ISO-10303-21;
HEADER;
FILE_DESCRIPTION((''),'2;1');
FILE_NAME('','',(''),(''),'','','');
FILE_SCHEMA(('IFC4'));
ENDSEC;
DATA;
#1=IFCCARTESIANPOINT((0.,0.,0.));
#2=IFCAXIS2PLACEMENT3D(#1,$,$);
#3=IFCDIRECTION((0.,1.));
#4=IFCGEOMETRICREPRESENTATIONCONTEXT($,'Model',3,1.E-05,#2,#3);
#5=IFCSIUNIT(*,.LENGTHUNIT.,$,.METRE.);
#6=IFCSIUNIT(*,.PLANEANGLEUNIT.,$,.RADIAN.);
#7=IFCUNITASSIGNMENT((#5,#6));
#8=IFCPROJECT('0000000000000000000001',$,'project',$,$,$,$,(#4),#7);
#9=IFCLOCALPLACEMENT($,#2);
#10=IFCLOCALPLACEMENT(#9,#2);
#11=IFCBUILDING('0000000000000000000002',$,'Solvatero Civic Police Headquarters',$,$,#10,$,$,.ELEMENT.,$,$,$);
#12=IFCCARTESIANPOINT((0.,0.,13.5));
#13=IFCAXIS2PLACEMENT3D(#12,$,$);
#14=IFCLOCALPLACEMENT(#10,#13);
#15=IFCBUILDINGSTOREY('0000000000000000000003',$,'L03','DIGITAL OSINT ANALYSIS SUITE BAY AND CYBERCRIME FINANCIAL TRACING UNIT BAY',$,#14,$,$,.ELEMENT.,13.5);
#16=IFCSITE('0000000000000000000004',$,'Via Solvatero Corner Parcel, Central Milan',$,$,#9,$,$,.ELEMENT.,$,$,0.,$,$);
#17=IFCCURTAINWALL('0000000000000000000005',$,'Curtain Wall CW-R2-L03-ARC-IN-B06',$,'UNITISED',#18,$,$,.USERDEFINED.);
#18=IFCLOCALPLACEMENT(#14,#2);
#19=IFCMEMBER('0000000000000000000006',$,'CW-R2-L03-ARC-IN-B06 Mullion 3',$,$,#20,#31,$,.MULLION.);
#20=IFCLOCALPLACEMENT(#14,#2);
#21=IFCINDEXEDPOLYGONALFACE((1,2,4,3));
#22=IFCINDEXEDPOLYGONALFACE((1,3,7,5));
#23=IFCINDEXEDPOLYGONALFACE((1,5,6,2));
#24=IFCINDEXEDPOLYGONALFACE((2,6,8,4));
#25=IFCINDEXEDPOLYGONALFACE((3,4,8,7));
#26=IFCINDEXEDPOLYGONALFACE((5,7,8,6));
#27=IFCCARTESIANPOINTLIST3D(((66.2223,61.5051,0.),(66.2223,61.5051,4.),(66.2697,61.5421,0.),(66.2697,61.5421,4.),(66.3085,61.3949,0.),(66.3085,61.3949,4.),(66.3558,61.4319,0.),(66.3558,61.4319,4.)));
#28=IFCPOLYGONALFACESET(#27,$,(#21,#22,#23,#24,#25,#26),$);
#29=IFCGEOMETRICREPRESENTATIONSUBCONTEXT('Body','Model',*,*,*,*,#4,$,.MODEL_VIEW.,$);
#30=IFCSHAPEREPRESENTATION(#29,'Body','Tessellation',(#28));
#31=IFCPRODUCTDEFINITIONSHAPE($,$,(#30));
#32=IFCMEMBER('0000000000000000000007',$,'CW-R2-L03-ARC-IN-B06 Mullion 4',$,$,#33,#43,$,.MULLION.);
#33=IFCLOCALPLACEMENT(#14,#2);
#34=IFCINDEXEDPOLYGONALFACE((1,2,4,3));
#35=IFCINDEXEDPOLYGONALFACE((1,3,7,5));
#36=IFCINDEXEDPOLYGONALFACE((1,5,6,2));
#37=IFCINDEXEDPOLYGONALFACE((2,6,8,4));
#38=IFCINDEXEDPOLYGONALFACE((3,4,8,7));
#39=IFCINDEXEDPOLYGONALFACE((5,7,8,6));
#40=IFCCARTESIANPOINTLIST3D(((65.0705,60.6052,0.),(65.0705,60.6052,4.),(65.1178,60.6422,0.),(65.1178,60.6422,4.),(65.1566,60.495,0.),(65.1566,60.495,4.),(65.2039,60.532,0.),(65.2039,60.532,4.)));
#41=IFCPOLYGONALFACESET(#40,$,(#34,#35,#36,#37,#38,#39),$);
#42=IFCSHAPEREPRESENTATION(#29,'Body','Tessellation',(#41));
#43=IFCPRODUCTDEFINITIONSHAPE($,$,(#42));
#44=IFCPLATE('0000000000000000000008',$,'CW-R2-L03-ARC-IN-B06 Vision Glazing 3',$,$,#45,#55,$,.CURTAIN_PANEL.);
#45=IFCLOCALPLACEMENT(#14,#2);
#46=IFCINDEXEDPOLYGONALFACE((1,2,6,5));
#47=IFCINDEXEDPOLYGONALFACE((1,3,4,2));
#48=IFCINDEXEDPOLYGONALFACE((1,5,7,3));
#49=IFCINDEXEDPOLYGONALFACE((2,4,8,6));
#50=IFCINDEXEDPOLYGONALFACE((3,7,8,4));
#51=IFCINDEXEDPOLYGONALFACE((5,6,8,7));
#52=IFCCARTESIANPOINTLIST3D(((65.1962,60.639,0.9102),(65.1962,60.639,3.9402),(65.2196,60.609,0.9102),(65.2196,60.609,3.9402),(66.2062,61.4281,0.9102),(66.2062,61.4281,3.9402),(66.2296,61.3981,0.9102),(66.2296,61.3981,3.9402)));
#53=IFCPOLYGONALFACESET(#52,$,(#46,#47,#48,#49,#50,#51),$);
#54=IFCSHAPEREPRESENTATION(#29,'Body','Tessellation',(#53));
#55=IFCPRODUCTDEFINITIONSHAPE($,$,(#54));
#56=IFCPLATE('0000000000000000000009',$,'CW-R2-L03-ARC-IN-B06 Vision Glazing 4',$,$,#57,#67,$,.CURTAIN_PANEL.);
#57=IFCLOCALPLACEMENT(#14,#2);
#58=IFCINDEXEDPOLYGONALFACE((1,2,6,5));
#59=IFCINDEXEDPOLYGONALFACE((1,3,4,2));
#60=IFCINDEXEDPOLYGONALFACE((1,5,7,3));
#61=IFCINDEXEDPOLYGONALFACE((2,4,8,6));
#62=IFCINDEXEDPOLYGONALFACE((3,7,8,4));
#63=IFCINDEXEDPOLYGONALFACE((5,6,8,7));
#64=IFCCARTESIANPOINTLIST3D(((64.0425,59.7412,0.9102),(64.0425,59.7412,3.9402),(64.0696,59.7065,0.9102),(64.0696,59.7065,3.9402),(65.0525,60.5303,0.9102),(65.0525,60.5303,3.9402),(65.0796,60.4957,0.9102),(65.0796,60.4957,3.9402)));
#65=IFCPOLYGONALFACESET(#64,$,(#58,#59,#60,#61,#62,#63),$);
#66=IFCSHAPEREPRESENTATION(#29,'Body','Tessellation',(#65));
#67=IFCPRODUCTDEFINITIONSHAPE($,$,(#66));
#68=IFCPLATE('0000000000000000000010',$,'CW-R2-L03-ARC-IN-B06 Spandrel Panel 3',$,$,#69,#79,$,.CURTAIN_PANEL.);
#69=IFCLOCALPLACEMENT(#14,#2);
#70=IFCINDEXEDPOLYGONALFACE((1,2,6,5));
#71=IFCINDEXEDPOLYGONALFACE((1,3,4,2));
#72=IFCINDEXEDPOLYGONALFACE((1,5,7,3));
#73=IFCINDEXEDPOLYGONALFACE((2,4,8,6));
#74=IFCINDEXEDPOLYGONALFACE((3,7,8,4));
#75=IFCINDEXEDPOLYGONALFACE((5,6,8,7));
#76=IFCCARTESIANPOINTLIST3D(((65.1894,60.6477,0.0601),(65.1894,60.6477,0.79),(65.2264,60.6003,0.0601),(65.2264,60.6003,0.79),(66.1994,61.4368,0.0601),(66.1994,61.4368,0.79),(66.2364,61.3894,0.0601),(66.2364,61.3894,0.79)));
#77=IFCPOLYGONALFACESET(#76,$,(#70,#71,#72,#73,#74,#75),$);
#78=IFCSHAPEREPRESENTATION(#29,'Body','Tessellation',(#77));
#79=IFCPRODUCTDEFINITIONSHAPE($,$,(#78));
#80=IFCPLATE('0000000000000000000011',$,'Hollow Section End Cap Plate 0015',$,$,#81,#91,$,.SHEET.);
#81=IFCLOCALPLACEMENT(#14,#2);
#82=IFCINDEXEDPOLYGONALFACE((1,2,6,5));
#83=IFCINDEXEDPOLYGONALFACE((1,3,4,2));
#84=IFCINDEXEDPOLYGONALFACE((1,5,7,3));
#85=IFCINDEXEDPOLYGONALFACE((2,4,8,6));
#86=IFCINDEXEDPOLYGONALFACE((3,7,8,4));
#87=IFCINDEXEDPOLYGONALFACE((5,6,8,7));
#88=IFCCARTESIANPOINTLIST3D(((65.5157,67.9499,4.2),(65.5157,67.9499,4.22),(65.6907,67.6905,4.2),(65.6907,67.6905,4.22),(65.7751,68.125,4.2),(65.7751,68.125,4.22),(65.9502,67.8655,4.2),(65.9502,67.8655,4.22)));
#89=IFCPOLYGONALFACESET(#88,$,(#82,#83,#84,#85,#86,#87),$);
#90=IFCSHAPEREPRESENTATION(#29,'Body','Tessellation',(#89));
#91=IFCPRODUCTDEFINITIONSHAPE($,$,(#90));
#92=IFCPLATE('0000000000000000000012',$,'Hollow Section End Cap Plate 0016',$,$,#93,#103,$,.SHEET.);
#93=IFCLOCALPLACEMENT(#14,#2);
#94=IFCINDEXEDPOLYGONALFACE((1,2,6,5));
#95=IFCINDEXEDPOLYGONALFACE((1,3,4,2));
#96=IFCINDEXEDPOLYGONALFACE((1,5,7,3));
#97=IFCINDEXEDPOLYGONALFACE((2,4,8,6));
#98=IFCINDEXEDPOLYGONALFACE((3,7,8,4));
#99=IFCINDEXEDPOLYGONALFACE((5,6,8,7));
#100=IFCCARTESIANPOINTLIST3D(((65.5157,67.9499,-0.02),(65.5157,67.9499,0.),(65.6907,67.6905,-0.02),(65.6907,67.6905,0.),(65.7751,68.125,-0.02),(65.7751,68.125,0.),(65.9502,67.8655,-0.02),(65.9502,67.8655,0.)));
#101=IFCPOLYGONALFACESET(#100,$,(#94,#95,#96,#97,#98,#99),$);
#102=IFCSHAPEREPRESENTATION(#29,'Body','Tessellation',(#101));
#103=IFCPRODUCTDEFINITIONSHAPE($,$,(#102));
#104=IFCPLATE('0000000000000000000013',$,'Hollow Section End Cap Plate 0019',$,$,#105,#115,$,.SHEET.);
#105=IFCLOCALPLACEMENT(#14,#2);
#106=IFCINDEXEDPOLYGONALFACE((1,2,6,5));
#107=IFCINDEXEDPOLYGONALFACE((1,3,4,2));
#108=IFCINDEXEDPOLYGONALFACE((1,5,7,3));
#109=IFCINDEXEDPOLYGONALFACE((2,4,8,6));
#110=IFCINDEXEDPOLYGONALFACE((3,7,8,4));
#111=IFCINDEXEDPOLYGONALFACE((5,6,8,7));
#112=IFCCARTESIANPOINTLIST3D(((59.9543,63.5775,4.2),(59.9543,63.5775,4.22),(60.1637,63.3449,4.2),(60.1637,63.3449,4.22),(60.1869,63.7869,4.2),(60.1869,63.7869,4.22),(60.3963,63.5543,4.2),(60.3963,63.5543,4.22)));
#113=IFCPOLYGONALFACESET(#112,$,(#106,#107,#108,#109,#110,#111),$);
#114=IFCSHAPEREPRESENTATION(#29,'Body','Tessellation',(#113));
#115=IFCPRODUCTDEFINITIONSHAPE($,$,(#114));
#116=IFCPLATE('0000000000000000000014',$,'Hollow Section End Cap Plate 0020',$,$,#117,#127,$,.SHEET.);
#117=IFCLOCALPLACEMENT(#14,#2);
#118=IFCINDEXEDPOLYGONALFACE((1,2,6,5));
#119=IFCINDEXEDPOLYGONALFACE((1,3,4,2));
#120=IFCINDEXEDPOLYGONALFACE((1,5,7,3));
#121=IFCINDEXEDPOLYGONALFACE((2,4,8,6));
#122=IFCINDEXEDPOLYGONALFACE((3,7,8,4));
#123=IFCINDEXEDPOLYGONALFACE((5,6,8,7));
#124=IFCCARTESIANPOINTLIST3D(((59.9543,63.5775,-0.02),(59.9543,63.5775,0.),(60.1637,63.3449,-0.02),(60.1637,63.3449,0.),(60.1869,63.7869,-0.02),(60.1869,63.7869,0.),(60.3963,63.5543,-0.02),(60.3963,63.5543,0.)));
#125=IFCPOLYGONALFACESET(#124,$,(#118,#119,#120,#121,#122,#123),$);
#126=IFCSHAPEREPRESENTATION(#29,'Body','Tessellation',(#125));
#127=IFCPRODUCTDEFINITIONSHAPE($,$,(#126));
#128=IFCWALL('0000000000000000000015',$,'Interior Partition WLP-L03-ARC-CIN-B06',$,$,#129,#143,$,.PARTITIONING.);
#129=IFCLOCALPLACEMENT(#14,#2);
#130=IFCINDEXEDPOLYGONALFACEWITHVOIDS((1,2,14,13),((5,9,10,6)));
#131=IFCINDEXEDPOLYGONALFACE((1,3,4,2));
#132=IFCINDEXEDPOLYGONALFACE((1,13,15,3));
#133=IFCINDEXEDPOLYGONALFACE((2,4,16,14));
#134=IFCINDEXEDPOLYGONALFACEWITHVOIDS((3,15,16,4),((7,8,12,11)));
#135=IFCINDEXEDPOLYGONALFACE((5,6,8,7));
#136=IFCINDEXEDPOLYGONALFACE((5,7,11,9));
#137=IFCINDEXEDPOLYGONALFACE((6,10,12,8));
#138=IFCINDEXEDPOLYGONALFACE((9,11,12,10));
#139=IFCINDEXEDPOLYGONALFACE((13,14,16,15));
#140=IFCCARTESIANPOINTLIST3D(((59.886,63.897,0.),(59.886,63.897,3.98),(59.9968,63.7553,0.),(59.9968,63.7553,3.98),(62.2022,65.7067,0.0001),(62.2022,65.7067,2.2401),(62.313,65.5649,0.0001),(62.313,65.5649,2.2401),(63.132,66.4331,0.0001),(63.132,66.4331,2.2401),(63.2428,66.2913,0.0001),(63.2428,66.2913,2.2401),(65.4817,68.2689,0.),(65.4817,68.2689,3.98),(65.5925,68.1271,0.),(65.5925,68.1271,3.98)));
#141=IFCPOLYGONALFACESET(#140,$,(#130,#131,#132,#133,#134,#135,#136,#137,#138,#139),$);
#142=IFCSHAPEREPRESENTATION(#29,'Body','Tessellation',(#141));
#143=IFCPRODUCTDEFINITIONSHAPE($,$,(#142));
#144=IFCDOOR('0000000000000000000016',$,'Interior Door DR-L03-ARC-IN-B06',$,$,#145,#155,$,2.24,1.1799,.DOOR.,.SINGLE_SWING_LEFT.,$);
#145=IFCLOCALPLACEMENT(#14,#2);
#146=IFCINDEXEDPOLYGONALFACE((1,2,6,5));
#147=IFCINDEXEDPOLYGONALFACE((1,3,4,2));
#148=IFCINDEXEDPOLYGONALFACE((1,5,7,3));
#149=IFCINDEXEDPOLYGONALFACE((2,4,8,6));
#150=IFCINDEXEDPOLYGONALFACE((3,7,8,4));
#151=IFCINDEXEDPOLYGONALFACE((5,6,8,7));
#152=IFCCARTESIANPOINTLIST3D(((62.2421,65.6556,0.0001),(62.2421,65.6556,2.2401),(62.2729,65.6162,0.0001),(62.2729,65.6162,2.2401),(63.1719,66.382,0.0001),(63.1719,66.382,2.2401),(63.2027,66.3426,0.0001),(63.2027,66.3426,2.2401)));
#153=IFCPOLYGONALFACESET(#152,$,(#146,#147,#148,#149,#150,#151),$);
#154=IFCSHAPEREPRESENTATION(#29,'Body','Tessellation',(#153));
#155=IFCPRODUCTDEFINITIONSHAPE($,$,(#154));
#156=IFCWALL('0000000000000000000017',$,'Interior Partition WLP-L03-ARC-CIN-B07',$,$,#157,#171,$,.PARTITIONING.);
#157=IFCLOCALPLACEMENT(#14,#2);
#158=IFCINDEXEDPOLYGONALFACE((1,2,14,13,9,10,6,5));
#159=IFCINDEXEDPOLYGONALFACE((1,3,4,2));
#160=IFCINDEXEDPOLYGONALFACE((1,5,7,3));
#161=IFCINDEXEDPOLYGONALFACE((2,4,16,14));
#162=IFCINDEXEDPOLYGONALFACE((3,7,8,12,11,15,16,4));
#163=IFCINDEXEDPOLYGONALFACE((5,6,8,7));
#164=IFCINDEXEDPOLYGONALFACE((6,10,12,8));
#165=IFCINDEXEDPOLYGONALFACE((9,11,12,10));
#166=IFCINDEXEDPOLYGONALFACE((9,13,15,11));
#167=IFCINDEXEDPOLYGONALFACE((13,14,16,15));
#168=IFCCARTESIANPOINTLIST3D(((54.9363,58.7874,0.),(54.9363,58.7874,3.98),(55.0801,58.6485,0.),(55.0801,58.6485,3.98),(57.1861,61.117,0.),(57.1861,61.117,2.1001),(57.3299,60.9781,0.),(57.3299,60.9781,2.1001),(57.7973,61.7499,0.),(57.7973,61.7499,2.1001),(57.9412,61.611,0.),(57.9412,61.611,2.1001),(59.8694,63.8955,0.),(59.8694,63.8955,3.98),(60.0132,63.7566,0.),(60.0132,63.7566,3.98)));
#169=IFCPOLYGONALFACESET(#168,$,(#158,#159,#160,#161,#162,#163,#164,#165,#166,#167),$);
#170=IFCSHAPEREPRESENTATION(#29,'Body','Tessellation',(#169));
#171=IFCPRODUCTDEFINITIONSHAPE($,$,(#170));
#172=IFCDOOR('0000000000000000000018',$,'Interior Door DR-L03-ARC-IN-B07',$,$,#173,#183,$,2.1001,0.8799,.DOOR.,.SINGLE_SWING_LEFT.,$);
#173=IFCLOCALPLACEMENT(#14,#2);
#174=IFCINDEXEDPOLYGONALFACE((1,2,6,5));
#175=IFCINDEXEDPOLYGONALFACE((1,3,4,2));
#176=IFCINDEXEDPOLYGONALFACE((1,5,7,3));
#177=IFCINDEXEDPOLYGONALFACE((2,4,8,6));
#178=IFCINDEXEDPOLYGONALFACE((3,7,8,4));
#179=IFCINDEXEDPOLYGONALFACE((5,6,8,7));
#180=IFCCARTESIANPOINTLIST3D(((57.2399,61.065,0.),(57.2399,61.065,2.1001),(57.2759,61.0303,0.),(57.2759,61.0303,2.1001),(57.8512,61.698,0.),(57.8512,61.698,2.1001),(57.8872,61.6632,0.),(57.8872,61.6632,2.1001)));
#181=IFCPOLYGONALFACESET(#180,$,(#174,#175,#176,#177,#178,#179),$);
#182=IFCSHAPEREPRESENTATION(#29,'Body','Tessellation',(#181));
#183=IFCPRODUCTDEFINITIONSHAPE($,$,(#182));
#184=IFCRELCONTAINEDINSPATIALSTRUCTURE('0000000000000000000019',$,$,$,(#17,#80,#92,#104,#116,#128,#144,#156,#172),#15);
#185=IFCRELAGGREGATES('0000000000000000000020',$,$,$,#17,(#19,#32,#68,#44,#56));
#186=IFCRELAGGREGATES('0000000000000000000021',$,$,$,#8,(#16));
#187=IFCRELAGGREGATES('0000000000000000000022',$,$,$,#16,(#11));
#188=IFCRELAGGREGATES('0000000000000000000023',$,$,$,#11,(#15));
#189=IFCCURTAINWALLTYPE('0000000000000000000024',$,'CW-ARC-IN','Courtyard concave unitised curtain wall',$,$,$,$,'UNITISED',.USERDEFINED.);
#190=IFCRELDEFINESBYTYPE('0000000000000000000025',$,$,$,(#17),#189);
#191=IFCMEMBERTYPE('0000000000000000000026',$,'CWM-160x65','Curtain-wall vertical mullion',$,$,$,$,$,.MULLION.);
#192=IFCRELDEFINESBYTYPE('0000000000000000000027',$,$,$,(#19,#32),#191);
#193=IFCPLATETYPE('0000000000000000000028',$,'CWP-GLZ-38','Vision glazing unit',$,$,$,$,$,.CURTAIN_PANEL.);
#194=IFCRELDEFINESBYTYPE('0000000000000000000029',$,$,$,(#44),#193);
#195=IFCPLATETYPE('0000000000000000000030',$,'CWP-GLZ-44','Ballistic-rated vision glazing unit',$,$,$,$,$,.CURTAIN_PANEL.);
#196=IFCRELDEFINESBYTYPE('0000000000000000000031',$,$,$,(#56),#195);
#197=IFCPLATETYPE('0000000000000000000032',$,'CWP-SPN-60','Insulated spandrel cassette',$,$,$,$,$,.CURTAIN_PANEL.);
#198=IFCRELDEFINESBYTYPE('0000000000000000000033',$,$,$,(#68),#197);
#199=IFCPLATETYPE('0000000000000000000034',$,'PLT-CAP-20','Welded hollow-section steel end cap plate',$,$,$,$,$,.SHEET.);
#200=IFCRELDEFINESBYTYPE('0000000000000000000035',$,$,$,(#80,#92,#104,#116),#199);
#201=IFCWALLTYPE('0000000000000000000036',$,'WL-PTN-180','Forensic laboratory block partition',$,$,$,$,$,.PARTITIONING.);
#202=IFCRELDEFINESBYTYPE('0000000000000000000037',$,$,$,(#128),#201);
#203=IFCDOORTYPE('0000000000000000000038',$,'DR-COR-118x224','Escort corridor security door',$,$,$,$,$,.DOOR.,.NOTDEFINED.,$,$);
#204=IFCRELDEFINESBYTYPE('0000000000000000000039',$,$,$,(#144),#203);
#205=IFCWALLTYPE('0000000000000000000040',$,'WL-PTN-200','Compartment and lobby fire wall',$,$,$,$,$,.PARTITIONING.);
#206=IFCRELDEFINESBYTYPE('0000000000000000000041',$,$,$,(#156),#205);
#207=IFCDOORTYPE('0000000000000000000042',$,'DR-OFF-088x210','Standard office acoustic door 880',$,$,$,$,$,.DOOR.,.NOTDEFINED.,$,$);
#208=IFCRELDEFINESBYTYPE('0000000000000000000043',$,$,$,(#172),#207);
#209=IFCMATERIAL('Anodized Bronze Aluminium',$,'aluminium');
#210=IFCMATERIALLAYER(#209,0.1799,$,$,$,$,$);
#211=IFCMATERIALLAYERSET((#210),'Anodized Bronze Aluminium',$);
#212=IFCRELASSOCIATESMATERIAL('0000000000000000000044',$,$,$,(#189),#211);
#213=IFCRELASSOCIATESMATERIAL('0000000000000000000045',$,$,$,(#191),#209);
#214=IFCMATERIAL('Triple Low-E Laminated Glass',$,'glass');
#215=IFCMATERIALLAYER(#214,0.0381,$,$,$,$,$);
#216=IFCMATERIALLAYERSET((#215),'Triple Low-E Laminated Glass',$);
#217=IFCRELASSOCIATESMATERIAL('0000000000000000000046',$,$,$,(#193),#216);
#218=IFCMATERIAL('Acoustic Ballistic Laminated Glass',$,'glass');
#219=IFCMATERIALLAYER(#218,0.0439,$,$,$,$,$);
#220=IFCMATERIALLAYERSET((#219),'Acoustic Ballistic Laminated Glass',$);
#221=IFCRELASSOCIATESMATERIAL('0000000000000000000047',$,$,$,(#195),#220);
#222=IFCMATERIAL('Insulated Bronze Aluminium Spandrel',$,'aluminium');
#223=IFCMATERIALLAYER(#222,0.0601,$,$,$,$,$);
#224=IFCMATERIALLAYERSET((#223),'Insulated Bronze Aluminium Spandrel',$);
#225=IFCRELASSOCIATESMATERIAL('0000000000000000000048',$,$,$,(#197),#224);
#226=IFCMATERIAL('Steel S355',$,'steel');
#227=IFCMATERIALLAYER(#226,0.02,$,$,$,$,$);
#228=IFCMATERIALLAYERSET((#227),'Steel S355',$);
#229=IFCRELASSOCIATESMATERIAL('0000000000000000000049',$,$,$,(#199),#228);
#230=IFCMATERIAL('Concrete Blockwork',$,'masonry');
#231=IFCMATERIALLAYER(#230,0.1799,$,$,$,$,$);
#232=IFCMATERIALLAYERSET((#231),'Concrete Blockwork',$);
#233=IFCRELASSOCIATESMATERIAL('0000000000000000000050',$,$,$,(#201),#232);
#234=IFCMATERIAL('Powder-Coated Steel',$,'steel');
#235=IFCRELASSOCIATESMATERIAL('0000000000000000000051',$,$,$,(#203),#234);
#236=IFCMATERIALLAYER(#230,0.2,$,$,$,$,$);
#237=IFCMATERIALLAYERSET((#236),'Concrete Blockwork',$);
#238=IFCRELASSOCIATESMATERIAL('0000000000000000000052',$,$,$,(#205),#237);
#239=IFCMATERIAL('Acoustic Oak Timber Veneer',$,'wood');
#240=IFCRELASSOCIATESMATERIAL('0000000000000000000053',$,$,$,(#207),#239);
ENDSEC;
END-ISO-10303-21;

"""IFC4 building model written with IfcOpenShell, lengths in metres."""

from ifc_helpers import new_model, si_unit, direction, frame, frame_2d, origin, origin_2d, place, context, subcontext, project, spatial, rectangle, extrude, material, layer, layer_set, material_profile, profile_set, type_object, element, fill, aggregate, save


model = new_model("IFC4")

# Units and contexts
model_context = context("Model", 3, precision=1e-05, world=origin(), true_north=direction((0.0, 1.0)))
body_context = subcontext(model_context, "Body", "Model", "MODEL_VIEW")
ifc_project = project(units=[si_unit("LENGTHUNIT", "METRE"), si_unit("PLANEANGLEUNIT", "RADIAN")], contexts=[model_context])

# Site, building, storey
site_placement = place(None, origin())
site = spatial("IfcSite", under=ifc_project, at=site_placement, Name="Via Solvatero Corner Parcel, Central Milan", CompositionType="ELEMENT", RefElevation=0.0)
building_placement = place(site_placement, origin())
building = spatial("IfcBuilding", under=site, at=building_placement, Name="Solvatero Civic Police Headquarters", CompositionType="ELEMENT")
storey_placement = place(building_placement, frame((0.0, 0.0, 13.5)))
storey = spatial("IfcBuildingStorey", under=building, at=storey_placement, Name="L03", Description="DIGITAL OSINT ANALYSIS SUITE BAY AND CYBERCRIME FINANCIAL TRACING UNIT BAY", CompositionType="ELEMENT", Elevation=13.5)

# Shared definitions
ifc_material_1 = material(Name="Steel S355", Category="steel")

# Curtain wall, members, plates
ifc_material_2 = material(Name="Anodized Bronze Aluminium", Category="aluminium")
ifc_layer_1 = layer(ifc_material_2, 0.1799)
ifc_layer_set_1 = layer_set([ifc_layer_1], Name="Anodized Bronze Aluminium")
curtain_wall_type = type_object("IfcCurtainWallType", Name="CW-ARC-IN", Description="Courtyard concave unitised curtain wall", ElementType="UNITISED", PredefinedType="USERDEFINED", material=ifc_layer_set_1)
curtain_wall_placement = place(storey_placement, origin())
curtain_wall = element("IfcCurtainWall", 1, at=curtain_wall_placement, inside=storey, type_object=curtain_wall_type, Name="Curtain Wall CW-R2-L03-ARC-IN-B06", ObjectType="UNITISED", PredefinedType="USERDEFINED")
ifc_material_profile_1 = material_profile(ifc_material_2, rectangle(XDim=0.0601, YDim=0.1399, at=origin_2d()), Name="ALU MULLION 60x140")
ifc_profile_set_1 = profile_set([ifc_material_profile_1], Name="Anodized Bronze Aluminium")
member_type = type_object("IfcMemberType", Name="CWM-160x65", Description="Curtain-wall vertical mullion", PredefinedType="MULLION", material=ifc_profile_set_1)
member_1_placement = place(storey_placement, frame((66.2891, 61.4685, 0.0), z_axis=(0.0, 0.0, 1.0), x_axis=(-0.788011, -0.615661, 0.0)))
member_1 = element("IfcMember", 2, at=member_1_placement, type_object=member_type, Name="CW-R2-L03-ARC-IN-B06 Mullion 3", PredefinedType="MULLION", context=body_context, shape_type="SweptSolid", body=[
    extrude(rectangle(XDim=0.0601, YDim=0.1399, at=origin_2d()), origin(), (0.0, 0.0, 1.0), 4.0),
])
member_2_placement = place(storey_placement, frame((65.1372, 60.5686, 0.0), z_axis=(0.0, 0.0, 1.0), x_axis=(-0.788011, -0.615661, 0.0)))
member_2 = element("IfcMember", 3, at=member_2_placement, type_object=member_type, Name="CW-R2-L03-ARC-IN-B06 Mullion 4", PredefinedType="MULLION", context=body_context, shape_type="SweptSolid", body=[
    extrude(rectangle(XDim=0.0601, YDim=0.1399, at=origin_2d()), origin(), (0.0, 0.0, 1.0), 4.0),
])
ifc_material_3 = material(Name="Triple Low-E Laminated Glass", Category="glass")
ifc_layer_2 = layer(ifc_material_3, 0.0381)
ifc_layer_set_2 = layer_set([ifc_layer_2], Name="Triple Low-E Laminated Glass")
plate_type_1 = type_object("IfcPlateType", Name="CWP-GLZ-38", Description="Vision glazing unit", PredefinedType="CURTAIN_PANEL", material=ifc_layer_set_2)
plate_1_placement = place(storey_placement, frame((65.7129, 61.0186, 0.9102), z_axis=(0.0, 0.0, 1.0), x_axis=(-0.788011, -0.615661, 0.0)))
plate_1 = element("IfcPlate", 4, at=plate_1_placement, type_object=plate_type_1, Name="CW-R2-L03-ARC-IN-B06 Vision Glazing 3", PredefinedType="CURTAIN_PANEL", context=body_context, shape_type="SweptSolid", body=[
    extrude(rectangle(XDim=1.2817, YDim=0.0381, at=origin_2d()), origin(), (0.0, 0.0, 1.0), 3.03),
])
ifc_material_4 = material(Name="Acoustic Ballistic Laminated Glass", Category="glass")
ifc_layer_3 = layer(ifc_material_4, 0.0439)
ifc_layer_set_3 = layer_set([ifc_layer_3], Name="Acoustic Ballistic Laminated Glass")
plate_type_2 = type_object("IfcPlateType", Name="CWP-GLZ-44", Description="Ballistic-rated vision glazing unit", PredefinedType="CURTAIN_PANEL", material=ifc_layer_set_3)
plate_2_placement = place(storey_placement, frame((64.561, 60.1184, 0.9102), z_axis=(0.0, 0.0, 1.0), x_axis=(-0.788011, -0.615661, 0.0)))
plate_2 = element("IfcPlate", 5, at=plate_2_placement, type_object=plate_type_2, Name="CW-R2-L03-ARC-IN-B06 Vision Glazing 4", PredefinedType="CURTAIN_PANEL", context=body_context, shape_type="SweptSolid", body=[
    extrude(rectangle(XDim=1.2817, YDim=0.0439, at=origin_2d()), origin(), (0.0, 0.0, 1.0), 3.03),
])
ifc_material_5 = material(Name="Insulated Bronze Aluminium Spandrel", Category="aluminium")
ifc_layer_4 = layer(ifc_material_5, 0.0601)
ifc_layer_set_4 = layer_set([ifc_layer_4], Name="Insulated Bronze Aluminium Spandrel")
plate_type_3 = type_object("IfcPlateType", Name="CWP-SPN-60", Description="Insulated spandrel cassette", PredefinedType="CURTAIN_PANEL", material=ifc_layer_set_4)
plate_3_placement = place(storey_placement, frame((65.7129, 61.0186, 0.0601), z_axis=(0.0, 0.0, 1.0), x_axis=(-0.788011, -0.615661, 0.0)))
plate_3 = element("IfcPlate", 6, at=plate_3_placement, type_object=plate_type_3, Name="CW-R2-L03-ARC-IN-B06 Spandrel Panel 3", PredefinedType="CURTAIN_PANEL", context=body_context, shape_type="SweptSolid", body=[
    extrude(rectangle(XDim=1.2817, YDim=0.0601, at=origin_2d()), origin(), (0.0, 0.0, 1.0), 0.73),
])
aggregate(curtain_wall, [member_1, member_2, plate_3, plate_1, plate_2])

# Plates
ifc_layer_5 = layer(ifc_material_1, 0.02)
ifc_layer_set_5 = layer_set([ifc_layer_5], Name="Steel S355")
plate_type_4 = type_object("IfcPlateType", Name="PLT-CAP-20", Description="Welded hollow-section steel end cap plate", PredefinedType="SHEET", material=ifc_layer_set_5)
for number, where, z_axis, x_axis, name in (
    (7, (65.7329, 67.9077, 4.2), (0.0, 0.0, 1.0), (0.829038, 0.559193, 0.0), "Hollow Section End Cap Plate 0015"),
    (8, (65.7329, 67.9077, -0.02), (0.0, 0.0, 1.0), (0.829038, 0.559193, 0.0), "Hollow Section End Cap Plate 0016"),
    (9, (60.1753, 63.5659, 4.2), (0.0, 0.0, 1.0), (0.743145, 0.669131, 0.0), "Hollow Section End Cap Plate 0019"),
    (10, (60.1753, 63.5659, -0.02), (0.0, 0.0, 1.0), (0.743145, 0.669131, 0.0), "Hollow Section End Cap Plate 0020"),
):
    element("IfcPlate", number, at=place(storey_placement, frame(where, z_axis=z_axis, x_axis=x_axis)), inside=storey, type_object=plate_type_4, Name=name, PredefinedType="SHEET", context=body_context, shape_type="SweptSolid", body=[
        extrude(rectangle(XDim=0.313, YDim=0.313, at=origin_2d()), origin(), (0.0, 0.0, 1.0), 0.02),
    ])

# Walls, openings, doors
ifc_material_6 = material(Name="Concrete Blockwork", Category="masonry")
ifc_layer_6 = layer(ifc_material_6, 0.1799)
ifc_layer_set_6 = layer_set([ifc_layer_6], Name="Concrete Blockwork")
wall_type_1 = type_object("IfcWallType", Name="WL-PTN-180", Description="Forensic laboratory block partition", PredefinedType="PARTITIONING", material=ifc_layer_set_6)
wall_1_placement = place(storey_placement, frame((65.5371, 68.198, 0.0), z_axis=(0.0, 0.0, 1.0), x_axis=(-0.788012, -0.61566, 0.0)))
wall_1 = element("IfcWall", 11, at=wall_1_placement, inside=storey, type_object=wall_type_1, Name="Interior Partition WLP-L03-ARC-CIN-B06", PredefinedType="PARTITIONING", context=body_context, shape_type="SweptSolid", body=[
    extrude(rectangle(XDim=7.1011, YDim=0.1799, at=frame_2d((3.5505, 0.0))), origin(), (0.0, 0.0, 1.0), 3.98),
])
opening_1_placement = place(wall_1_placement, frame((2.9819, 0.0, 0.0)))
opening_1 = element("IfcOpeningElement", 12, at=opening_1_placement, cuts=wall_1, PredefinedType="OPENING", context=body_context, shape_type="SweptSolid", body=[
    extrude(rectangle(XDim=1.1799, YDim=2.24, at=frame_2d((0.5898, 1.1201))), frame((0.0, 0.0999, 0.0), z_axis=(0.0, -1.0, 0.0), x_axis=(1.0, 0.0, 0.0)), (0.0, 0.0, 1.0), 0.2),
])
ifc_material_7 = material(Name="Powder-Coated Steel", Category="steel")
door_type_1 = type_object("IfcDoorType", Name="DR-COR-118x224", Description="Escort corridor security door", OperationType="NOTDEFINED", PredefinedType="DOOR", material=ifc_material_7)
door_1_placement = place(opening_1_placement, origin())
door_1 = element("IfcDoor", 13, at=door_1_placement, inside=storey, type_object=door_type_1, Name="Interior Door DR-L03-ARC-IN-B06", OperationType="SINGLE_SWING_LEFT", OverallHeight=2.24, OverallWidth=1.1799, PredefinedType="DOOR", context=body_context, shape_type="SweptSolid", body=[
    extrude(rectangle(XDim=1.1799, YDim=2.24, at=frame_2d((0.5898, 1.1201))), frame((0.0, 0.0249, 0.0), z_axis=(0.0, -1.0, 0.0), x_axis=(1.0, 0.0, 0.0)), (0.0, 0.0, 1.0), 0.05),
])
fill(opening_1, door_1)
ifc_layer_7 = layer(ifc_material_6, 0.2)
ifc_layer_set_7 = layer_set([ifc_layer_7], Name="Concrete Blockwork")
wall_type_2 = type_object("IfcWallType", Name="WL-PTN-200", Description="Compartment and lobby fire wall", PredefinedType="PARTITIONING", material=ifc_layer_set_7)
wall_2_placement = place(storey_placement, frame((59.9414, 63.8262, 0.0), z_axis=(0.0, 0.0, 1.0), x_axis=(-0.694674, -0.719324, 0.0)))
wall_2 = element("IfcWall", 14, at=wall_2_placement, inside=storey, type_object=wall_type_2, Name="Interior Partition WLP-L03-ARC-CIN-B07", PredefinedType="PARTITIONING", context=body_context, shape_type="SweptSolid", body=[
    extrude(rectangle(XDim=7.1013, YDim=0.2, at=frame_2d((3.5508, 0.0))), origin(), (0.0, 0.0, 1.0), 3.98),
])
opening_2_placement = place(wall_2_placement, frame((2.9829, 0.0, 0.0)))
opening_2 = element("IfcOpeningElement", 15, at=opening_2_placement, cuts=wall_2, PredefinedType="OPENING", context=body_context, shape_type="SweptSolid", body=[
    extrude(rectangle(XDim=0.8799, YDim=2.1001, at=frame_2d((0.4399, 1.05))), frame((0.0, 0.1099, 0.0), z_axis=(0.0, -1.0, 0.0), x_axis=(1.0, 0.0, 0.0)), (0.0, 0.0, 1.0), 0.22),
])
ifc_material_8 = material(Name="Acoustic Oak Timber Veneer", Category="wood")
door_type_2 = type_object("IfcDoorType", Name="DR-OFF-088x210", Description="Standard office acoustic door 880", OperationType="NOTDEFINED", PredefinedType="DOOR", material=ifc_material_8)
door_2_placement = place(opening_2_placement, origin())
door_2 = element("IfcDoor", 16, at=door_2_placement, inside=storey, type_object=door_type_2, Name="Interior Door DR-L03-ARC-IN-B07", OperationType="SINGLE_SWING_LEFT", OverallHeight=2.1001, OverallWidth=0.8799, PredefinedType="DOOR", context=body_context, shape_type="SweptSolid", body=[
    extrude(rectangle(XDim=0.8799, YDim=2.1001, at=frame_2d((0.4399, 1.05))), frame((0.0, 0.0249, 0.0), z_axis=(0.0, -1.0, 0.0), x_axis=(1.0, 0.0, 0.0)), (0.0, 0.0, 1.0), 0.05),
])
fill(opening_2, door_2)

save(model, "model.ifc")
